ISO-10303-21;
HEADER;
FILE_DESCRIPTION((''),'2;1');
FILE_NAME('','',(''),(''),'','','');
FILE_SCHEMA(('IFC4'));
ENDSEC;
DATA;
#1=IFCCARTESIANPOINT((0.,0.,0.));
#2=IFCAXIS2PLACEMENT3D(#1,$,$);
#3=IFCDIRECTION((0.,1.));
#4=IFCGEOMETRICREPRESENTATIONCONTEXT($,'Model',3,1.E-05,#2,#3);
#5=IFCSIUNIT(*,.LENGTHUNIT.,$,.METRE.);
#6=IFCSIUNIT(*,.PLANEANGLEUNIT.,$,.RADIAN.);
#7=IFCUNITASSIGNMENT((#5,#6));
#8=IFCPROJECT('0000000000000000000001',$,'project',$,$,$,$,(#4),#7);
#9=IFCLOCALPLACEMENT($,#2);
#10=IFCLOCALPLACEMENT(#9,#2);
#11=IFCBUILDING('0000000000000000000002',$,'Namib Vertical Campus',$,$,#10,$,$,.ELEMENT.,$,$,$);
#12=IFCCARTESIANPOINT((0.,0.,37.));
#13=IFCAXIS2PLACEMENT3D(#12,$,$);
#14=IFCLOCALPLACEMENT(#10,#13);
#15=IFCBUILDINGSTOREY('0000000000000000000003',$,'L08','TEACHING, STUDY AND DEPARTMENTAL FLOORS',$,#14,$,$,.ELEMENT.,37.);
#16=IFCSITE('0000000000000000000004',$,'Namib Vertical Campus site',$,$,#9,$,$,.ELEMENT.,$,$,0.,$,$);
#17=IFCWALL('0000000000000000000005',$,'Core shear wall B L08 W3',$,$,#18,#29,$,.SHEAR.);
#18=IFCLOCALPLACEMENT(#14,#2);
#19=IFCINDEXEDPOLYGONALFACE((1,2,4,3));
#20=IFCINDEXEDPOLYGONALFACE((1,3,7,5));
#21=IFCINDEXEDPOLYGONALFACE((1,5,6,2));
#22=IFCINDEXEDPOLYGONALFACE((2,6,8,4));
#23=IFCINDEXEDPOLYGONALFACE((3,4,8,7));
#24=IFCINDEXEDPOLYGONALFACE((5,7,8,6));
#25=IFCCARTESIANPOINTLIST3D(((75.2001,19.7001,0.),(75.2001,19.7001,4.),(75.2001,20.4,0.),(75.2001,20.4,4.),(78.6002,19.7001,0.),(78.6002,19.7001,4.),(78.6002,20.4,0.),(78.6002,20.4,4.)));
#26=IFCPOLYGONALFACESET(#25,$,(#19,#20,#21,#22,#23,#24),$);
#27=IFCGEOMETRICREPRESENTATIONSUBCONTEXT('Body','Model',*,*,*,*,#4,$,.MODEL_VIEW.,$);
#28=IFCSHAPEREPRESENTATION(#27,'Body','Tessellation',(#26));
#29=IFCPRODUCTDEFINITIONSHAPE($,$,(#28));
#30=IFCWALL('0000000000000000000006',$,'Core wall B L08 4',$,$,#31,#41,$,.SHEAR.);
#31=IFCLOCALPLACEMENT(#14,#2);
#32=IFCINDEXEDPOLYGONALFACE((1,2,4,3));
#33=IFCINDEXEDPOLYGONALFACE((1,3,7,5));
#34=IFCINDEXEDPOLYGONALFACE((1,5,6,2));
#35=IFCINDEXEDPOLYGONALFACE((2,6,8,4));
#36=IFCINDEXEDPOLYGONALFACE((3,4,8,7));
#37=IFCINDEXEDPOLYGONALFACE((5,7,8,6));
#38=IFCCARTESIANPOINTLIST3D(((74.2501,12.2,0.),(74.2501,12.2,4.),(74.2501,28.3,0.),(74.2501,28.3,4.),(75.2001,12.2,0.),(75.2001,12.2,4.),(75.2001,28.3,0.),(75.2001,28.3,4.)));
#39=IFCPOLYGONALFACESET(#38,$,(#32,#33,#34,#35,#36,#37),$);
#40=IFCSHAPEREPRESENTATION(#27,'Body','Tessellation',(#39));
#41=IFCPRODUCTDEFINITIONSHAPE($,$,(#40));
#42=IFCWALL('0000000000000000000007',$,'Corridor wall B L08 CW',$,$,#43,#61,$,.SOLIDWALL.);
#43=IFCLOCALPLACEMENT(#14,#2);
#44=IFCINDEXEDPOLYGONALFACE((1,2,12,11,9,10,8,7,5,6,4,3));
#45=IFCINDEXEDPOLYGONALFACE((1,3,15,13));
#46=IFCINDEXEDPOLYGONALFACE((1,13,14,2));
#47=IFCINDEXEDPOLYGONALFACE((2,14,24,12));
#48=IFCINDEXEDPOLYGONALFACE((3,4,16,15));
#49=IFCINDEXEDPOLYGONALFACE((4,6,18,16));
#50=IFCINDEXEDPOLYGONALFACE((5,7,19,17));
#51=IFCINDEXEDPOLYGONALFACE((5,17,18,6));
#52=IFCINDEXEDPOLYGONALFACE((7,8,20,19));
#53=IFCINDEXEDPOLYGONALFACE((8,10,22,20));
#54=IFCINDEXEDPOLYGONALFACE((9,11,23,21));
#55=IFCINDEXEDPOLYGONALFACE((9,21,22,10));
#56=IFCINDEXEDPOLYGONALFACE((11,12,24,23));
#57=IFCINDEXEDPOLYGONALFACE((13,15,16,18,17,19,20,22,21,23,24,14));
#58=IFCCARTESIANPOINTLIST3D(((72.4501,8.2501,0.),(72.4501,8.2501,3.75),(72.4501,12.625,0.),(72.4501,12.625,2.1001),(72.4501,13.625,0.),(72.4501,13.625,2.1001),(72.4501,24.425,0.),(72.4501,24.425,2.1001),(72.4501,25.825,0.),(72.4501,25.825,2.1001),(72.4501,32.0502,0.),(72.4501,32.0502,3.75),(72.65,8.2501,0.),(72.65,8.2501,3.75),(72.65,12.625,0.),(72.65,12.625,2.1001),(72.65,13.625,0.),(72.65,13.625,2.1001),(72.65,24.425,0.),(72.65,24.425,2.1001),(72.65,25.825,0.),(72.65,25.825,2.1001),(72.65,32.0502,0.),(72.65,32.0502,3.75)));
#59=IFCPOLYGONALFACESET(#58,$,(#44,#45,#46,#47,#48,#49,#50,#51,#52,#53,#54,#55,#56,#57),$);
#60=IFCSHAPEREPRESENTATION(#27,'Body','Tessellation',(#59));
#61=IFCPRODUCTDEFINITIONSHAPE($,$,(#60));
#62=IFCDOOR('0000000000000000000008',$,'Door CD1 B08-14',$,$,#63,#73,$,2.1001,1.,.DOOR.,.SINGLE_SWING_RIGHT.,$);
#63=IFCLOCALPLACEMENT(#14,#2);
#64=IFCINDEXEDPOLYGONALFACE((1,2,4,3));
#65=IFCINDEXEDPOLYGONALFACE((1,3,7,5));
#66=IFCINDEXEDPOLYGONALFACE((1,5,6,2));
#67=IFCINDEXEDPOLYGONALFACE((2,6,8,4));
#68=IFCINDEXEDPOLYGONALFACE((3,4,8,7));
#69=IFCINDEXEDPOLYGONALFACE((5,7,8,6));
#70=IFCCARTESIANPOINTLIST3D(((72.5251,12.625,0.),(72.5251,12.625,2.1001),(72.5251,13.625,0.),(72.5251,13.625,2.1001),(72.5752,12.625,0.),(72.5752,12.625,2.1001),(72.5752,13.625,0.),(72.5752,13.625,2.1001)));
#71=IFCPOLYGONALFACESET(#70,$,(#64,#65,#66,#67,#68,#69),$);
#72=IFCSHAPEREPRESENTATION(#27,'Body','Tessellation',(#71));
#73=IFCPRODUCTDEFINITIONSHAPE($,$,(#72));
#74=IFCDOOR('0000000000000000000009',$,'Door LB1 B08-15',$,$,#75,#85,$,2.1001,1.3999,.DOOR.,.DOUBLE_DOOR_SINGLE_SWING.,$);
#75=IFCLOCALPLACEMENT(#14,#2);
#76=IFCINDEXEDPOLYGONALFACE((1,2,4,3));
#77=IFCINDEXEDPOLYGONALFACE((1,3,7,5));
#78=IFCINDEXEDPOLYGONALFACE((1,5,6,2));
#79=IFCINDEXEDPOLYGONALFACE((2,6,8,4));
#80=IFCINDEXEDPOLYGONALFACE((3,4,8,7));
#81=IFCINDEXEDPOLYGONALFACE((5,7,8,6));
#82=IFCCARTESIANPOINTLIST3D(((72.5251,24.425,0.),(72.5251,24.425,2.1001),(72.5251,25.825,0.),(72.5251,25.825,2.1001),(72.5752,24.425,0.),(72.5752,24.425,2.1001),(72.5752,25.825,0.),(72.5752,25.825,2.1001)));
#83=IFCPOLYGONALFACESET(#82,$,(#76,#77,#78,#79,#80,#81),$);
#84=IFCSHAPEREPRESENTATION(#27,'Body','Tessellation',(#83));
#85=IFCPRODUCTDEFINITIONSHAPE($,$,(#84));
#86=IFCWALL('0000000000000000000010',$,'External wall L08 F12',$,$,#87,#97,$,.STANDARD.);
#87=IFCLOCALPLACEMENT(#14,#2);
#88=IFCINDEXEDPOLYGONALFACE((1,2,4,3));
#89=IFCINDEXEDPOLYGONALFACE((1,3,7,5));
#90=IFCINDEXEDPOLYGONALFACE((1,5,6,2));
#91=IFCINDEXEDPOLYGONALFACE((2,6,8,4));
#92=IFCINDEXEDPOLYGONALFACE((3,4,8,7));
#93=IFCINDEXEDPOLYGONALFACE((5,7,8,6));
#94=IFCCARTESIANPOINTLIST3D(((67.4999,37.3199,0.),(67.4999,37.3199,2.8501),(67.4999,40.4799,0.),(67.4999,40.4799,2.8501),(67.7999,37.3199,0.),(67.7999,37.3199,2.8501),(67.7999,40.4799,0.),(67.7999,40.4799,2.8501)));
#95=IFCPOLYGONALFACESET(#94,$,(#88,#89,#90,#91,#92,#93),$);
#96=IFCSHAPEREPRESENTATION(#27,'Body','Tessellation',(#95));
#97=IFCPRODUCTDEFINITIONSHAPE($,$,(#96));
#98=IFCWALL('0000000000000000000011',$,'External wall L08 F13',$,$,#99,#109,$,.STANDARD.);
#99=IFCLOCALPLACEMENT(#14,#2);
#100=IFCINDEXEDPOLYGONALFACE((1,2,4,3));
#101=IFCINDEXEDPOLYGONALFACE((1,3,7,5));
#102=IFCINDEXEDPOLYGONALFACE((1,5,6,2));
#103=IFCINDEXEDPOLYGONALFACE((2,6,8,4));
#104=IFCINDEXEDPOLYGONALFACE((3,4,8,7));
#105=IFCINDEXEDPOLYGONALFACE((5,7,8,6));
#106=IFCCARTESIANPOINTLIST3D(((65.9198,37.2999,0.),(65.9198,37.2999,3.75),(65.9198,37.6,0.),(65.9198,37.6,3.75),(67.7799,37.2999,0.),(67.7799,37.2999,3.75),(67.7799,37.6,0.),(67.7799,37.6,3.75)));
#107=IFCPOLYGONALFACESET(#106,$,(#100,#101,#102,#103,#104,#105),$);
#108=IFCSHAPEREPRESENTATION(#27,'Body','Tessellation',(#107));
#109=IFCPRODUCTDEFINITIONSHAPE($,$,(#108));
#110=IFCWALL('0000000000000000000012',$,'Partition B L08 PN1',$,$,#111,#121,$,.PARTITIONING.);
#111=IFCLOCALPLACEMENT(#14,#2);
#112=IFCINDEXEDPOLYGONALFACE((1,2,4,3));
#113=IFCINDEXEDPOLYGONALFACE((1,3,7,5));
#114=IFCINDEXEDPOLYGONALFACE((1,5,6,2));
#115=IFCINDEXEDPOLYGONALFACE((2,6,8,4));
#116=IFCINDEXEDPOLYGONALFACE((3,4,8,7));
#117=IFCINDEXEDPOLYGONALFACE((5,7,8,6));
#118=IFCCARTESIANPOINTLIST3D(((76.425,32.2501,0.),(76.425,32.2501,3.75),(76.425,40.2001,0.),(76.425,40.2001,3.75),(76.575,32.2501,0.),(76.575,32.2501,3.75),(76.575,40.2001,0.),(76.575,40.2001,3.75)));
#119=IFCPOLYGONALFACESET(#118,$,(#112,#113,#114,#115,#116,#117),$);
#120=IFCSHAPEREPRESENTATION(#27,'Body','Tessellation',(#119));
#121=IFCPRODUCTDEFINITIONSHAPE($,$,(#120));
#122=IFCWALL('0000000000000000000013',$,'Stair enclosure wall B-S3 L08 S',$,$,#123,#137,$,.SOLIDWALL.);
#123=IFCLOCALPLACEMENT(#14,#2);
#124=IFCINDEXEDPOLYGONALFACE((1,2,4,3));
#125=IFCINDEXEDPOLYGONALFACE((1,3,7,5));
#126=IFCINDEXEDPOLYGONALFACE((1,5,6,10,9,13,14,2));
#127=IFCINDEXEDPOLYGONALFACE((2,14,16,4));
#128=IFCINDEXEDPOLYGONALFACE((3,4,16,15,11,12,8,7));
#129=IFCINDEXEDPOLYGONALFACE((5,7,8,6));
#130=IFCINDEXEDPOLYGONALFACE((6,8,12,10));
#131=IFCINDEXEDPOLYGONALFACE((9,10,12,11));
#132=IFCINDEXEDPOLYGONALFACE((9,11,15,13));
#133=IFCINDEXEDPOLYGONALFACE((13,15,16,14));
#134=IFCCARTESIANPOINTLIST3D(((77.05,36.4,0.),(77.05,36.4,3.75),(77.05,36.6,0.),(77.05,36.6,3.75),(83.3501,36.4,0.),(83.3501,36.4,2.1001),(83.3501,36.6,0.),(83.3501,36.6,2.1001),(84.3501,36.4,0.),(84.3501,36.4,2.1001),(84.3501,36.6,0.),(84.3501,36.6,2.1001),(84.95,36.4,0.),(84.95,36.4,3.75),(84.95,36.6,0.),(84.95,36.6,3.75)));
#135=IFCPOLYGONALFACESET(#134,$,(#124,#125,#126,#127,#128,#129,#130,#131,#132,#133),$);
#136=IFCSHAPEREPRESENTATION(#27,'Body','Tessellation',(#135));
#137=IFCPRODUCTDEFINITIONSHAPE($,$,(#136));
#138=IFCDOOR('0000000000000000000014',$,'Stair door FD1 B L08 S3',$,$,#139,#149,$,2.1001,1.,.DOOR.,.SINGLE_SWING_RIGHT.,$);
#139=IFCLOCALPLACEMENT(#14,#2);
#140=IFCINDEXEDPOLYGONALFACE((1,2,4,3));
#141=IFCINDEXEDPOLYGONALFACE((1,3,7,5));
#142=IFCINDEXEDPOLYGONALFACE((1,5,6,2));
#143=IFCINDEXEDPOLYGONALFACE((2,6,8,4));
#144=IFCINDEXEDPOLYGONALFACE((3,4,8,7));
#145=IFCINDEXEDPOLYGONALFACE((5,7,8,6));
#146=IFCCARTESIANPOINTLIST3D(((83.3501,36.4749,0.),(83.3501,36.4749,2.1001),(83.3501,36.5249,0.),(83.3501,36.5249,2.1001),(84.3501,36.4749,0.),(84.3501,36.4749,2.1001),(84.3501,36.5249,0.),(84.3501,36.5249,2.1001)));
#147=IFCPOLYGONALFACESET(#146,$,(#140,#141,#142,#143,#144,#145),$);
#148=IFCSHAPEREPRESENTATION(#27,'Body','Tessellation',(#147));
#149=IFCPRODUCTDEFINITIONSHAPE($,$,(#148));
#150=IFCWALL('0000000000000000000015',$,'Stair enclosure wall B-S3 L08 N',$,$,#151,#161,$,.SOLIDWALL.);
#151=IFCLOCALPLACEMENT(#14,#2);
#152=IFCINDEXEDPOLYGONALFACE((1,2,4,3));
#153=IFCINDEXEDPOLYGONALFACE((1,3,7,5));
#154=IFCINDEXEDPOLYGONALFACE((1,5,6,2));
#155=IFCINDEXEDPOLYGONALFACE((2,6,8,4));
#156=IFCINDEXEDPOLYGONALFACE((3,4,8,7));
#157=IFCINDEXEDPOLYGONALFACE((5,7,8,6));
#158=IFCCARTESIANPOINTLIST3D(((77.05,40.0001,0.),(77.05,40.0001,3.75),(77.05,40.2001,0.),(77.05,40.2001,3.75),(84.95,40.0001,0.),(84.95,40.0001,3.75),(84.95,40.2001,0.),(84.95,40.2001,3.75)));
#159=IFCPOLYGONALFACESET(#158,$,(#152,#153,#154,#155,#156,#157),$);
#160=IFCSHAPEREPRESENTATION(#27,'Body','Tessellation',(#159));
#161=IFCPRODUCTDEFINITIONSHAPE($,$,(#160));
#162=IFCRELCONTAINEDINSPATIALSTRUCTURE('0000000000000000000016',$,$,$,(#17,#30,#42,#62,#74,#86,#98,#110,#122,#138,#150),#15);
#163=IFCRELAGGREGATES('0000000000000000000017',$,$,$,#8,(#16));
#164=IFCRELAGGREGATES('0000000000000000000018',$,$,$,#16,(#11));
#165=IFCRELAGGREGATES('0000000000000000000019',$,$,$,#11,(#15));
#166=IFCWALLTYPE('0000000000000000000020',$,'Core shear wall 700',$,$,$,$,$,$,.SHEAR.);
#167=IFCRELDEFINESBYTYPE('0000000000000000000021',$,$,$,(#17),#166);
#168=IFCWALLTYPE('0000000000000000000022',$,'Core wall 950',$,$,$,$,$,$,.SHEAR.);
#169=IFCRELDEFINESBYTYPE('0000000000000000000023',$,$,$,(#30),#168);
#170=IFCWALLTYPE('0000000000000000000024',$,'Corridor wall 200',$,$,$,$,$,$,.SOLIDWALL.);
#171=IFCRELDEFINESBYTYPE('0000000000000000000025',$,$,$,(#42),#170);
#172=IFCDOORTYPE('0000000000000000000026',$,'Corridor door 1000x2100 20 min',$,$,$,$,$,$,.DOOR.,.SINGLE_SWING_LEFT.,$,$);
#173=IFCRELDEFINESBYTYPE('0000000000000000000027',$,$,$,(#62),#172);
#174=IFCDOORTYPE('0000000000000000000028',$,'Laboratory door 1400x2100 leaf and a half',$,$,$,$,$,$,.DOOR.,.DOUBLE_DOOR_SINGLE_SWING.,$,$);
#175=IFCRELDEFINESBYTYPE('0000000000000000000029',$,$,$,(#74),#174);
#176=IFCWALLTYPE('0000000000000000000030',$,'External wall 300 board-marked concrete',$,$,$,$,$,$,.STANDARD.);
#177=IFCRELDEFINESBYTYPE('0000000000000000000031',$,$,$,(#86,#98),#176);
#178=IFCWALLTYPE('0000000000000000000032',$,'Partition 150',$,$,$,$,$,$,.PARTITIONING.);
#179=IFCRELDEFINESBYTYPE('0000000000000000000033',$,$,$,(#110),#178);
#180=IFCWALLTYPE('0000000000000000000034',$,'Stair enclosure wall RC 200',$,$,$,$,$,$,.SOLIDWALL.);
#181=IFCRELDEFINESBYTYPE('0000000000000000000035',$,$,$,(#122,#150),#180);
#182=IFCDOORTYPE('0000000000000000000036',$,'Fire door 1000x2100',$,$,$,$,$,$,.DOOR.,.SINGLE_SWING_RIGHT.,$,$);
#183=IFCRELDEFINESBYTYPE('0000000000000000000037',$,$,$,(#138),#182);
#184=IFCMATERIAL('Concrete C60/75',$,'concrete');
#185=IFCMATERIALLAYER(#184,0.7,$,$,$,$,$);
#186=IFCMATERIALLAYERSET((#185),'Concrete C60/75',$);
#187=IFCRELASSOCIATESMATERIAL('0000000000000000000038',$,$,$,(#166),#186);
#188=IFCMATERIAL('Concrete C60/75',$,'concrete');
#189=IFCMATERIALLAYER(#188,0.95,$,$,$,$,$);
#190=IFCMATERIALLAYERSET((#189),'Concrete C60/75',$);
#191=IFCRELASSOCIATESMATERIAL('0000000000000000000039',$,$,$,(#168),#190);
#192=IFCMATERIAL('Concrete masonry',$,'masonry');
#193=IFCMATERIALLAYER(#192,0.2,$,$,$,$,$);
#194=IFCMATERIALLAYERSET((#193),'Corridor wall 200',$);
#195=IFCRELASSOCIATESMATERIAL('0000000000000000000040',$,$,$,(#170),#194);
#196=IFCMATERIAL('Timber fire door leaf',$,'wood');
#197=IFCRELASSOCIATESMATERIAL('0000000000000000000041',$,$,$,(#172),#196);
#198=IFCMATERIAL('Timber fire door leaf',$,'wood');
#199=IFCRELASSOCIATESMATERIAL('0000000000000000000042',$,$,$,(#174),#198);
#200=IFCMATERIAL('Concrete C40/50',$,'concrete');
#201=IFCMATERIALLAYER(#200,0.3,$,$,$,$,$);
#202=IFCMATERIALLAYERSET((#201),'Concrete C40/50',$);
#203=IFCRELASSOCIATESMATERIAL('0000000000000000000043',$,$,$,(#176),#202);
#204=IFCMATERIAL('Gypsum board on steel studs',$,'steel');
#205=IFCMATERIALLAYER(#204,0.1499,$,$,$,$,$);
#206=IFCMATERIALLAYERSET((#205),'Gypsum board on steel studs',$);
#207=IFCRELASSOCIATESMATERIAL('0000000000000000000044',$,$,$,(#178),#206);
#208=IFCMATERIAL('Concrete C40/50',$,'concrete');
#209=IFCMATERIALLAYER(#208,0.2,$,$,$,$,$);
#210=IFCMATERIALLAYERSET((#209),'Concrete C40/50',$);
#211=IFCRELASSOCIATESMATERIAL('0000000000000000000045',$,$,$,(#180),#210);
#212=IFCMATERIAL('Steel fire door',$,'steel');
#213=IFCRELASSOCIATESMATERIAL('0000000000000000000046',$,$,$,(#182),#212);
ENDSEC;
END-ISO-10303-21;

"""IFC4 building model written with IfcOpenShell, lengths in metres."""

from ifc_helpers import new_model, si_unit, direction, frame, frame_2d, origin, place, context, subcontext, project, spatial, rectangle, extrude, material, layer, layer_set, type_object, element, fill, save


model = new_model("IFC4")

# Units and contexts
model_context = context("Model", 3, precision=1e-05, world=origin(), true_north=direction((0.0, 1.0)))
body_context = subcontext(model_context, "Body", "Model", "MODEL_VIEW")
ifc_project = project(units=[si_unit("LENGTHUNIT", "METRE"), si_unit("PLANEANGLEUNIT", "RADIAN")], contexts=[model_context])

# Site, building, storey
site_placement = place(None, origin())
site = spatial("IfcSite", under=ifc_project, at=site_placement, Name="Namib Vertical Campus site", CompositionType="ELEMENT", RefElevation=0.0)
building_placement = place(site_placement, origin())
building = spatial("IfcBuilding", under=site, at=building_placement, Name="Namib Vertical Campus", CompositionType="ELEMENT")
storey_placement = place(building_placement, frame((0.0, 0.0, 37.0)))
storey = spatial("IfcBuildingStorey", under=building, at=storey_placement, Name="L08", Description="TEACHING, STUDY AND DEPARTMENTAL FLOORS", CompositionType="ELEMENT", Elevation=37.0)

# Walls
ifc_material_1 = material(Name="Concrete C60/75", Category="concrete")
ifc_layer_1 = layer(ifc_material_1, 0.7)
ifc_layer_set_1 = layer_set([ifc_layer_1], Name="Concrete C60/75")
wall_type_1 = type_object("IfcWallType", Name="Core shear wall 700", PredefinedType="SHEAR", material=ifc_layer_set_1)
wall_1_placement = place(storey_placement, frame((75.2, 20.05, 0.0), z_axis=(0.0, 0.0, 1.0), x_axis=(1.0, 0.0, 0.0)))
element("IfcWall", 1, at=wall_1_placement, inside=storey, type_object=wall_type_1, Name="Core shear wall B L08 W3", PredefinedType="SHEAR", context=body_context, shape_type="SweptSolid", body=[
    extrude(rectangle(XDim=3.4001, YDim=0.7, at=frame_2d((1.7002, 0.0))), origin(), (0.0, 0.0, 1.0), 4.0),
])
ifc_material_2 = material(Name="Concrete C60/75", Category="concrete")
ifc_layer_2 = layer(ifc_material_2, 0.95)
ifc_layer_set_2 = layer_set([ifc_layer_2], Name="Concrete C60/75")
wall_type_2 = type_object("IfcWallType", Name="Core wall 950", PredefinedType="SHEAR", material=ifc_layer_set_2)
wall_2_placement = place(storey_placement, frame((74.7251, 28.3, 0.0), z_axis=(0.0, 0.0, 1.0), x_axis=(0.0, -1.0, 0.0)))
element("IfcWall", 2, at=wall_2_placement, inside=storey, type_object=wall_type_2, Name="Core wall B L08 4", PredefinedType="SHEAR", context=body_context, shape_type="SweptSolid", body=[
    extrude(rectangle(XDim=16.1001, YDim=0.95, at=frame_2d((8.05, 0.0))), origin(), (0.0, 0.0, 1.0), 4.0),
])

# Wall, openings, doors
ifc_material_3 = material(Name="Concrete masonry", Category="masonry")
ifc_layer_3 = layer(ifc_material_3, 0.2)
ifc_layer_set_3 = layer_set([ifc_layer_3], Name="Corridor wall 200")
wall_type_3 = type_object("IfcWallType", Name="Corridor wall 200", PredefinedType="SOLIDWALL", material=ifc_layer_set_3)
wall_3_placement = place(storey_placement, frame((72.55, 32.05, 0.0), z_axis=(0.0, 0.0, 1.0), x_axis=(0.0, -1.0, 0.0)))
wall_3 = element("IfcWall", 3, at=wall_3_placement, inside=storey, type_object=wall_type_3, Name="Corridor wall B L08 CW", PredefinedType="SOLIDWALL", context=body_context, shape_type="SweptSolid", body=[
    extrude(rectangle(XDim=23.8, YDim=0.2, at=frame_2d((11.8999, 0.0))), origin(), (0.0, 0.0, 1.0), 3.75),
])
opening_1_placement = place(wall_3_placement, frame((18.425, 0.0, 0.0)))
opening_1 = element("IfcOpeningElement", 4, at=opening_1_placement, cuts=wall_3, PredefinedType="OPENING", context=body_context, shape_type="SweptSolid", body=[
    extrude(rectangle(XDim=1.0, YDim=2.1001, at=frame_2d((0.5, 1.05))), frame((0.0, 0.1099, 0.0), z_axis=(0.0, -1.0, 0.0), x_axis=(1.0, 0.0, 0.0)), (0.0, 0.0, 1.0), 0.22),
])
opening_2_placement = place(wall_3_placement, frame((6.2251, 0.0, 0.0)))
opening_2 = element("IfcOpeningElement", 5, at=opening_2_placement, cuts=wall_3, PredefinedType="OPENING", context=body_context, shape_type="SweptSolid", body=[
    extrude(rectangle(XDim=1.3999, YDim=2.1001, at=frame_2d((0.7, 1.05))), frame((0.0, 0.1099, 0.0), z_axis=(0.0, -1.0, 0.0), x_axis=(1.0, 0.0, 0.0)), (0.0, 0.0, 1.0), 0.22),
])
ifc_material_4 = material(Name="Timber fire door leaf", Category="wood")
door_type_1 = type_object("IfcDoorType", Name="Corridor door 1000x2100 20 min", OperationType="SINGLE_SWING_LEFT", PredefinedType="DOOR", material=ifc_material_4)
door_1_placement = place(opening_1_placement, frame((1.0, 0.0, 0.0), z_axis=(0.0, 0.0, 1.0), x_axis=(-1.0, 0.0, 0.0)))
door_1 = element("IfcDoor", 6, at=door_1_placement, inside=storey, type_object=door_type_1, Name="Door CD1 B08-14", OperationType="SINGLE_SWING_RIGHT", OverallHeight=2.1001, OverallWidth=1.0, PredefinedType="DOOR", context=body_context, shape_type="SweptSolid", body=[
    extrude(rectangle(XDim=1.0, YDim=2.1001, at=frame_2d((0.5, 1.05))), frame((0.0, 0.0249, 0.0), z_axis=(0.0, -1.0, 0.0), x_axis=(1.0, 0.0, 0.0)), (0.0, 0.0, 1.0), 0.05),
])
fill(opening_1, door_1)
ifc_material_5 = material(Name="Timber fire door leaf", Category="wood")
door_type_2 = type_object("IfcDoorType", Name="Laboratory door 1400x2100 leaf and a half", OperationType="DOUBLE_DOOR_SINGLE_SWING", PredefinedType="DOOR", material=ifc_material_5)
door_2_placement = place(opening_2_placement, frame((1.3999, 0.0, 0.0), z_axis=(0.0, 0.0, 1.0), x_axis=(-1.0, 0.0, 0.0)))
door_2 = element("IfcDoor", 7, at=door_2_placement, inside=storey, type_object=door_type_2, Name="Door LB1 B08-15", OperationType="DOUBLE_DOOR_SINGLE_SWING", OverallHeight=2.1001, OverallWidth=1.3999, PredefinedType="DOOR", context=body_context, shape_type="SweptSolid", body=[
    extrude(rectangle(XDim=1.3999, YDim=2.1001, at=frame_2d((0.7, 1.05))), frame((0.0, 0.0249, 0.0), z_axis=(0.0, -1.0, 0.0), x_axis=(1.0, 0.0, 0.0)), (0.0, 0.0, 1.0), 0.05),
])
fill(opening_2, door_2)

# Walls
ifc_material_6 = material(Name="Concrete C40/50", Category="concrete")
ifc_layer_4 = layer(ifc_material_6, 0.3)
ifc_layer_set_4 = layer_set([ifc_layer_4], Name="Concrete C40/50")
wall_type_4 = type_object("IfcWallType", Name="External wall 300 board-marked concrete", PredefinedType="STANDARD", material=ifc_layer_set_4)
wall_4_placement = place(storey_placement, frame((67.6499, 40.48, 0.0), z_axis=(0.0, 0.0, 1.0), x_axis=(0.0, -1.0, 0.0)))
element("IfcWall", 8, at=wall_4_placement, inside=storey, type_object=wall_type_4, Name="External wall L08 F12", PredefinedType="STANDARD", context=body_context, shape_type="SweptSolid", body=[
    extrude(rectangle(XDim=3.1599, YDim=0.3, at=frame_2d((1.5801, 0.0))), origin(), (0.0, 0.0, 1.0), 2.8501),
])
wall_5_placement = place(storey_placement, frame((67.78, 37.45, 0.0), z_axis=(0.0, 0.0, 1.0), x_axis=(-1.0, 0.0, 0.0)))
element("IfcWall", 9, at=wall_5_placement, inside=storey, type_object=wall_type_4, Name="External wall L08 F13", PredefinedType="STANDARD", context=body_context, shape_type="SweptSolid", body=[
    extrude(rectangle(XDim=1.8601, YDim=0.3, at=frame_2d((0.9302, 0.0))), origin(), (0.0, 0.0, 1.0), 3.75),
])
ifc_material_7 = material(Name="Gypsum board on steel studs", Category="steel")
ifc_layer_5 = layer(ifc_material_7, 0.1499)
ifc_layer_set_5 = layer_set([ifc_layer_5], Name="Gypsum board on steel studs")
wall_type_5 = type_object("IfcWallType", Name="Partition 150", PredefinedType="PARTITIONING", material=ifc_layer_set_5)
wall_6_placement = place(storey_placement, frame((76.5, 32.25, 0.0), z_axis=(0.0, 0.0, 1.0), x_axis=(0.0, 1.0, 0.0)))
element("IfcWall", 10, at=wall_6_placement, inside=storey, type_object=wall_type_5, Name="Partition B L08 PN1", PredefinedType="PARTITIONING", context=body_context, shape_type="SweptSolid", body=[
    extrude(rectangle(XDim=7.95, YDim=0.1499, at=frame_2d((3.9751, 0.0))), origin(), (0.0, 0.0, 1.0), 3.75),
])

# Wall, opening, door
ifc_material_8 = material(Name="Concrete C40/50", Category="concrete")
ifc_layer_6 = layer(ifc_material_8, 0.2)
ifc_layer_set_6 = layer_set([ifc_layer_6], Name="Concrete C40/50")
wall_type_6 = type_object("IfcWallType", Name="Stair enclosure wall RC 200", PredefinedType="SOLIDWALL", material=ifc_layer_set_6)
wall_7_placement = place(storey_placement, frame((77.05, 36.5, 0.0), z_axis=(0.0, 0.0, 1.0), x_axis=(1.0, 0.0, 0.0)))
wall_7 = element("IfcWall", 11, at=wall_7_placement, inside=storey, type_object=wall_type_6, Name="Stair enclosure wall B-S3 L08 S", PredefinedType="SOLIDWALL", context=body_context, shape_type="SweptSolid", body=[
    extrude(rectangle(XDim=7.8999, YDim=0.2, at=frame_2d((3.95, 0.0))), origin(), (0.0, 0.0, 1.0), 3.75),
])
opening_3_placement = place(wall_7_placement, frame((6.3, 0.0, 0.0)))
opening_3 = element("IfcOpeningElement", 12, at=opening_3_placement, cuts=wall_7, PredefinedType="OPENING", context=body_context, shape_type="SweptSolid", body=[
    extrude(rectangle(XDim=1.0, YDim=2.1001, at=frame_2d((0.5, 1.05))), frame((0.0, 0.1099, 0.0), z_axis=(0.0, -1.0, 0.0), x_axis=(1.0, 0.0, 0.0)), (0.0, 0.0, 1.0), 0.22),
])
ifc_material_9 = material(Name="Steel fire door", Category="steel")
door_type_3 = type_object("IfcDoorType", Name="Fire door 1000x2100", OperationType="SINGLE_SWING_RIGHT", PredefinedType="DOOR", material=ifc_material_9)
door_3_placement = place(opening_3_placement, origin())
door_3 = element("IfcDoor", 13, at=door_3_placement, inside=storey, type_object=door_type_3, Name="Stair door FD1 B L08 S3", OperationType="SINGLE_SWING_RIGHT", OverallHeight=2.1001, OverallWidth=1.0, PredefinedType="DOOR", context=body_context, shape_type="SweptSolid", body=[
    extrude(rectangle(XDim=1.0, YDim=2.1001, at=frame_2d((0.5, 1.05))), frame((0.0, 0.0249, 0.0), z_axis=(0.0, -1.0, 0.0), x_axis=(1.0, 0.0, 0.0)), (0.0, 0.0, 1.0), 0.05),
])
fill(opening_3, door_3)

# Wall
wall_8_placement = place(storey_placement, frame((77.05, 40.1001, 0.0), z_axis=(0.0, 0.0, 1.0), x_axis=(1.0, 0.0, 0.0)))
element("IfcWall", 14, at=wall_8_placement, inside=storey, type_object=wall_type_6, Name="Stair enclosure wall B-S3 L08 N", PredefinedType="SOLIDWALL", context=body_context, shape_type="SweptSolid", body=[
    extrude(rectangle(XDim=7.8999, YDim=0.2, at=frame_2d((3.95, 0.0))), origin(), (0.0, 0.0, 1.0), 3.75),
])

save(model, "model.ifc")
